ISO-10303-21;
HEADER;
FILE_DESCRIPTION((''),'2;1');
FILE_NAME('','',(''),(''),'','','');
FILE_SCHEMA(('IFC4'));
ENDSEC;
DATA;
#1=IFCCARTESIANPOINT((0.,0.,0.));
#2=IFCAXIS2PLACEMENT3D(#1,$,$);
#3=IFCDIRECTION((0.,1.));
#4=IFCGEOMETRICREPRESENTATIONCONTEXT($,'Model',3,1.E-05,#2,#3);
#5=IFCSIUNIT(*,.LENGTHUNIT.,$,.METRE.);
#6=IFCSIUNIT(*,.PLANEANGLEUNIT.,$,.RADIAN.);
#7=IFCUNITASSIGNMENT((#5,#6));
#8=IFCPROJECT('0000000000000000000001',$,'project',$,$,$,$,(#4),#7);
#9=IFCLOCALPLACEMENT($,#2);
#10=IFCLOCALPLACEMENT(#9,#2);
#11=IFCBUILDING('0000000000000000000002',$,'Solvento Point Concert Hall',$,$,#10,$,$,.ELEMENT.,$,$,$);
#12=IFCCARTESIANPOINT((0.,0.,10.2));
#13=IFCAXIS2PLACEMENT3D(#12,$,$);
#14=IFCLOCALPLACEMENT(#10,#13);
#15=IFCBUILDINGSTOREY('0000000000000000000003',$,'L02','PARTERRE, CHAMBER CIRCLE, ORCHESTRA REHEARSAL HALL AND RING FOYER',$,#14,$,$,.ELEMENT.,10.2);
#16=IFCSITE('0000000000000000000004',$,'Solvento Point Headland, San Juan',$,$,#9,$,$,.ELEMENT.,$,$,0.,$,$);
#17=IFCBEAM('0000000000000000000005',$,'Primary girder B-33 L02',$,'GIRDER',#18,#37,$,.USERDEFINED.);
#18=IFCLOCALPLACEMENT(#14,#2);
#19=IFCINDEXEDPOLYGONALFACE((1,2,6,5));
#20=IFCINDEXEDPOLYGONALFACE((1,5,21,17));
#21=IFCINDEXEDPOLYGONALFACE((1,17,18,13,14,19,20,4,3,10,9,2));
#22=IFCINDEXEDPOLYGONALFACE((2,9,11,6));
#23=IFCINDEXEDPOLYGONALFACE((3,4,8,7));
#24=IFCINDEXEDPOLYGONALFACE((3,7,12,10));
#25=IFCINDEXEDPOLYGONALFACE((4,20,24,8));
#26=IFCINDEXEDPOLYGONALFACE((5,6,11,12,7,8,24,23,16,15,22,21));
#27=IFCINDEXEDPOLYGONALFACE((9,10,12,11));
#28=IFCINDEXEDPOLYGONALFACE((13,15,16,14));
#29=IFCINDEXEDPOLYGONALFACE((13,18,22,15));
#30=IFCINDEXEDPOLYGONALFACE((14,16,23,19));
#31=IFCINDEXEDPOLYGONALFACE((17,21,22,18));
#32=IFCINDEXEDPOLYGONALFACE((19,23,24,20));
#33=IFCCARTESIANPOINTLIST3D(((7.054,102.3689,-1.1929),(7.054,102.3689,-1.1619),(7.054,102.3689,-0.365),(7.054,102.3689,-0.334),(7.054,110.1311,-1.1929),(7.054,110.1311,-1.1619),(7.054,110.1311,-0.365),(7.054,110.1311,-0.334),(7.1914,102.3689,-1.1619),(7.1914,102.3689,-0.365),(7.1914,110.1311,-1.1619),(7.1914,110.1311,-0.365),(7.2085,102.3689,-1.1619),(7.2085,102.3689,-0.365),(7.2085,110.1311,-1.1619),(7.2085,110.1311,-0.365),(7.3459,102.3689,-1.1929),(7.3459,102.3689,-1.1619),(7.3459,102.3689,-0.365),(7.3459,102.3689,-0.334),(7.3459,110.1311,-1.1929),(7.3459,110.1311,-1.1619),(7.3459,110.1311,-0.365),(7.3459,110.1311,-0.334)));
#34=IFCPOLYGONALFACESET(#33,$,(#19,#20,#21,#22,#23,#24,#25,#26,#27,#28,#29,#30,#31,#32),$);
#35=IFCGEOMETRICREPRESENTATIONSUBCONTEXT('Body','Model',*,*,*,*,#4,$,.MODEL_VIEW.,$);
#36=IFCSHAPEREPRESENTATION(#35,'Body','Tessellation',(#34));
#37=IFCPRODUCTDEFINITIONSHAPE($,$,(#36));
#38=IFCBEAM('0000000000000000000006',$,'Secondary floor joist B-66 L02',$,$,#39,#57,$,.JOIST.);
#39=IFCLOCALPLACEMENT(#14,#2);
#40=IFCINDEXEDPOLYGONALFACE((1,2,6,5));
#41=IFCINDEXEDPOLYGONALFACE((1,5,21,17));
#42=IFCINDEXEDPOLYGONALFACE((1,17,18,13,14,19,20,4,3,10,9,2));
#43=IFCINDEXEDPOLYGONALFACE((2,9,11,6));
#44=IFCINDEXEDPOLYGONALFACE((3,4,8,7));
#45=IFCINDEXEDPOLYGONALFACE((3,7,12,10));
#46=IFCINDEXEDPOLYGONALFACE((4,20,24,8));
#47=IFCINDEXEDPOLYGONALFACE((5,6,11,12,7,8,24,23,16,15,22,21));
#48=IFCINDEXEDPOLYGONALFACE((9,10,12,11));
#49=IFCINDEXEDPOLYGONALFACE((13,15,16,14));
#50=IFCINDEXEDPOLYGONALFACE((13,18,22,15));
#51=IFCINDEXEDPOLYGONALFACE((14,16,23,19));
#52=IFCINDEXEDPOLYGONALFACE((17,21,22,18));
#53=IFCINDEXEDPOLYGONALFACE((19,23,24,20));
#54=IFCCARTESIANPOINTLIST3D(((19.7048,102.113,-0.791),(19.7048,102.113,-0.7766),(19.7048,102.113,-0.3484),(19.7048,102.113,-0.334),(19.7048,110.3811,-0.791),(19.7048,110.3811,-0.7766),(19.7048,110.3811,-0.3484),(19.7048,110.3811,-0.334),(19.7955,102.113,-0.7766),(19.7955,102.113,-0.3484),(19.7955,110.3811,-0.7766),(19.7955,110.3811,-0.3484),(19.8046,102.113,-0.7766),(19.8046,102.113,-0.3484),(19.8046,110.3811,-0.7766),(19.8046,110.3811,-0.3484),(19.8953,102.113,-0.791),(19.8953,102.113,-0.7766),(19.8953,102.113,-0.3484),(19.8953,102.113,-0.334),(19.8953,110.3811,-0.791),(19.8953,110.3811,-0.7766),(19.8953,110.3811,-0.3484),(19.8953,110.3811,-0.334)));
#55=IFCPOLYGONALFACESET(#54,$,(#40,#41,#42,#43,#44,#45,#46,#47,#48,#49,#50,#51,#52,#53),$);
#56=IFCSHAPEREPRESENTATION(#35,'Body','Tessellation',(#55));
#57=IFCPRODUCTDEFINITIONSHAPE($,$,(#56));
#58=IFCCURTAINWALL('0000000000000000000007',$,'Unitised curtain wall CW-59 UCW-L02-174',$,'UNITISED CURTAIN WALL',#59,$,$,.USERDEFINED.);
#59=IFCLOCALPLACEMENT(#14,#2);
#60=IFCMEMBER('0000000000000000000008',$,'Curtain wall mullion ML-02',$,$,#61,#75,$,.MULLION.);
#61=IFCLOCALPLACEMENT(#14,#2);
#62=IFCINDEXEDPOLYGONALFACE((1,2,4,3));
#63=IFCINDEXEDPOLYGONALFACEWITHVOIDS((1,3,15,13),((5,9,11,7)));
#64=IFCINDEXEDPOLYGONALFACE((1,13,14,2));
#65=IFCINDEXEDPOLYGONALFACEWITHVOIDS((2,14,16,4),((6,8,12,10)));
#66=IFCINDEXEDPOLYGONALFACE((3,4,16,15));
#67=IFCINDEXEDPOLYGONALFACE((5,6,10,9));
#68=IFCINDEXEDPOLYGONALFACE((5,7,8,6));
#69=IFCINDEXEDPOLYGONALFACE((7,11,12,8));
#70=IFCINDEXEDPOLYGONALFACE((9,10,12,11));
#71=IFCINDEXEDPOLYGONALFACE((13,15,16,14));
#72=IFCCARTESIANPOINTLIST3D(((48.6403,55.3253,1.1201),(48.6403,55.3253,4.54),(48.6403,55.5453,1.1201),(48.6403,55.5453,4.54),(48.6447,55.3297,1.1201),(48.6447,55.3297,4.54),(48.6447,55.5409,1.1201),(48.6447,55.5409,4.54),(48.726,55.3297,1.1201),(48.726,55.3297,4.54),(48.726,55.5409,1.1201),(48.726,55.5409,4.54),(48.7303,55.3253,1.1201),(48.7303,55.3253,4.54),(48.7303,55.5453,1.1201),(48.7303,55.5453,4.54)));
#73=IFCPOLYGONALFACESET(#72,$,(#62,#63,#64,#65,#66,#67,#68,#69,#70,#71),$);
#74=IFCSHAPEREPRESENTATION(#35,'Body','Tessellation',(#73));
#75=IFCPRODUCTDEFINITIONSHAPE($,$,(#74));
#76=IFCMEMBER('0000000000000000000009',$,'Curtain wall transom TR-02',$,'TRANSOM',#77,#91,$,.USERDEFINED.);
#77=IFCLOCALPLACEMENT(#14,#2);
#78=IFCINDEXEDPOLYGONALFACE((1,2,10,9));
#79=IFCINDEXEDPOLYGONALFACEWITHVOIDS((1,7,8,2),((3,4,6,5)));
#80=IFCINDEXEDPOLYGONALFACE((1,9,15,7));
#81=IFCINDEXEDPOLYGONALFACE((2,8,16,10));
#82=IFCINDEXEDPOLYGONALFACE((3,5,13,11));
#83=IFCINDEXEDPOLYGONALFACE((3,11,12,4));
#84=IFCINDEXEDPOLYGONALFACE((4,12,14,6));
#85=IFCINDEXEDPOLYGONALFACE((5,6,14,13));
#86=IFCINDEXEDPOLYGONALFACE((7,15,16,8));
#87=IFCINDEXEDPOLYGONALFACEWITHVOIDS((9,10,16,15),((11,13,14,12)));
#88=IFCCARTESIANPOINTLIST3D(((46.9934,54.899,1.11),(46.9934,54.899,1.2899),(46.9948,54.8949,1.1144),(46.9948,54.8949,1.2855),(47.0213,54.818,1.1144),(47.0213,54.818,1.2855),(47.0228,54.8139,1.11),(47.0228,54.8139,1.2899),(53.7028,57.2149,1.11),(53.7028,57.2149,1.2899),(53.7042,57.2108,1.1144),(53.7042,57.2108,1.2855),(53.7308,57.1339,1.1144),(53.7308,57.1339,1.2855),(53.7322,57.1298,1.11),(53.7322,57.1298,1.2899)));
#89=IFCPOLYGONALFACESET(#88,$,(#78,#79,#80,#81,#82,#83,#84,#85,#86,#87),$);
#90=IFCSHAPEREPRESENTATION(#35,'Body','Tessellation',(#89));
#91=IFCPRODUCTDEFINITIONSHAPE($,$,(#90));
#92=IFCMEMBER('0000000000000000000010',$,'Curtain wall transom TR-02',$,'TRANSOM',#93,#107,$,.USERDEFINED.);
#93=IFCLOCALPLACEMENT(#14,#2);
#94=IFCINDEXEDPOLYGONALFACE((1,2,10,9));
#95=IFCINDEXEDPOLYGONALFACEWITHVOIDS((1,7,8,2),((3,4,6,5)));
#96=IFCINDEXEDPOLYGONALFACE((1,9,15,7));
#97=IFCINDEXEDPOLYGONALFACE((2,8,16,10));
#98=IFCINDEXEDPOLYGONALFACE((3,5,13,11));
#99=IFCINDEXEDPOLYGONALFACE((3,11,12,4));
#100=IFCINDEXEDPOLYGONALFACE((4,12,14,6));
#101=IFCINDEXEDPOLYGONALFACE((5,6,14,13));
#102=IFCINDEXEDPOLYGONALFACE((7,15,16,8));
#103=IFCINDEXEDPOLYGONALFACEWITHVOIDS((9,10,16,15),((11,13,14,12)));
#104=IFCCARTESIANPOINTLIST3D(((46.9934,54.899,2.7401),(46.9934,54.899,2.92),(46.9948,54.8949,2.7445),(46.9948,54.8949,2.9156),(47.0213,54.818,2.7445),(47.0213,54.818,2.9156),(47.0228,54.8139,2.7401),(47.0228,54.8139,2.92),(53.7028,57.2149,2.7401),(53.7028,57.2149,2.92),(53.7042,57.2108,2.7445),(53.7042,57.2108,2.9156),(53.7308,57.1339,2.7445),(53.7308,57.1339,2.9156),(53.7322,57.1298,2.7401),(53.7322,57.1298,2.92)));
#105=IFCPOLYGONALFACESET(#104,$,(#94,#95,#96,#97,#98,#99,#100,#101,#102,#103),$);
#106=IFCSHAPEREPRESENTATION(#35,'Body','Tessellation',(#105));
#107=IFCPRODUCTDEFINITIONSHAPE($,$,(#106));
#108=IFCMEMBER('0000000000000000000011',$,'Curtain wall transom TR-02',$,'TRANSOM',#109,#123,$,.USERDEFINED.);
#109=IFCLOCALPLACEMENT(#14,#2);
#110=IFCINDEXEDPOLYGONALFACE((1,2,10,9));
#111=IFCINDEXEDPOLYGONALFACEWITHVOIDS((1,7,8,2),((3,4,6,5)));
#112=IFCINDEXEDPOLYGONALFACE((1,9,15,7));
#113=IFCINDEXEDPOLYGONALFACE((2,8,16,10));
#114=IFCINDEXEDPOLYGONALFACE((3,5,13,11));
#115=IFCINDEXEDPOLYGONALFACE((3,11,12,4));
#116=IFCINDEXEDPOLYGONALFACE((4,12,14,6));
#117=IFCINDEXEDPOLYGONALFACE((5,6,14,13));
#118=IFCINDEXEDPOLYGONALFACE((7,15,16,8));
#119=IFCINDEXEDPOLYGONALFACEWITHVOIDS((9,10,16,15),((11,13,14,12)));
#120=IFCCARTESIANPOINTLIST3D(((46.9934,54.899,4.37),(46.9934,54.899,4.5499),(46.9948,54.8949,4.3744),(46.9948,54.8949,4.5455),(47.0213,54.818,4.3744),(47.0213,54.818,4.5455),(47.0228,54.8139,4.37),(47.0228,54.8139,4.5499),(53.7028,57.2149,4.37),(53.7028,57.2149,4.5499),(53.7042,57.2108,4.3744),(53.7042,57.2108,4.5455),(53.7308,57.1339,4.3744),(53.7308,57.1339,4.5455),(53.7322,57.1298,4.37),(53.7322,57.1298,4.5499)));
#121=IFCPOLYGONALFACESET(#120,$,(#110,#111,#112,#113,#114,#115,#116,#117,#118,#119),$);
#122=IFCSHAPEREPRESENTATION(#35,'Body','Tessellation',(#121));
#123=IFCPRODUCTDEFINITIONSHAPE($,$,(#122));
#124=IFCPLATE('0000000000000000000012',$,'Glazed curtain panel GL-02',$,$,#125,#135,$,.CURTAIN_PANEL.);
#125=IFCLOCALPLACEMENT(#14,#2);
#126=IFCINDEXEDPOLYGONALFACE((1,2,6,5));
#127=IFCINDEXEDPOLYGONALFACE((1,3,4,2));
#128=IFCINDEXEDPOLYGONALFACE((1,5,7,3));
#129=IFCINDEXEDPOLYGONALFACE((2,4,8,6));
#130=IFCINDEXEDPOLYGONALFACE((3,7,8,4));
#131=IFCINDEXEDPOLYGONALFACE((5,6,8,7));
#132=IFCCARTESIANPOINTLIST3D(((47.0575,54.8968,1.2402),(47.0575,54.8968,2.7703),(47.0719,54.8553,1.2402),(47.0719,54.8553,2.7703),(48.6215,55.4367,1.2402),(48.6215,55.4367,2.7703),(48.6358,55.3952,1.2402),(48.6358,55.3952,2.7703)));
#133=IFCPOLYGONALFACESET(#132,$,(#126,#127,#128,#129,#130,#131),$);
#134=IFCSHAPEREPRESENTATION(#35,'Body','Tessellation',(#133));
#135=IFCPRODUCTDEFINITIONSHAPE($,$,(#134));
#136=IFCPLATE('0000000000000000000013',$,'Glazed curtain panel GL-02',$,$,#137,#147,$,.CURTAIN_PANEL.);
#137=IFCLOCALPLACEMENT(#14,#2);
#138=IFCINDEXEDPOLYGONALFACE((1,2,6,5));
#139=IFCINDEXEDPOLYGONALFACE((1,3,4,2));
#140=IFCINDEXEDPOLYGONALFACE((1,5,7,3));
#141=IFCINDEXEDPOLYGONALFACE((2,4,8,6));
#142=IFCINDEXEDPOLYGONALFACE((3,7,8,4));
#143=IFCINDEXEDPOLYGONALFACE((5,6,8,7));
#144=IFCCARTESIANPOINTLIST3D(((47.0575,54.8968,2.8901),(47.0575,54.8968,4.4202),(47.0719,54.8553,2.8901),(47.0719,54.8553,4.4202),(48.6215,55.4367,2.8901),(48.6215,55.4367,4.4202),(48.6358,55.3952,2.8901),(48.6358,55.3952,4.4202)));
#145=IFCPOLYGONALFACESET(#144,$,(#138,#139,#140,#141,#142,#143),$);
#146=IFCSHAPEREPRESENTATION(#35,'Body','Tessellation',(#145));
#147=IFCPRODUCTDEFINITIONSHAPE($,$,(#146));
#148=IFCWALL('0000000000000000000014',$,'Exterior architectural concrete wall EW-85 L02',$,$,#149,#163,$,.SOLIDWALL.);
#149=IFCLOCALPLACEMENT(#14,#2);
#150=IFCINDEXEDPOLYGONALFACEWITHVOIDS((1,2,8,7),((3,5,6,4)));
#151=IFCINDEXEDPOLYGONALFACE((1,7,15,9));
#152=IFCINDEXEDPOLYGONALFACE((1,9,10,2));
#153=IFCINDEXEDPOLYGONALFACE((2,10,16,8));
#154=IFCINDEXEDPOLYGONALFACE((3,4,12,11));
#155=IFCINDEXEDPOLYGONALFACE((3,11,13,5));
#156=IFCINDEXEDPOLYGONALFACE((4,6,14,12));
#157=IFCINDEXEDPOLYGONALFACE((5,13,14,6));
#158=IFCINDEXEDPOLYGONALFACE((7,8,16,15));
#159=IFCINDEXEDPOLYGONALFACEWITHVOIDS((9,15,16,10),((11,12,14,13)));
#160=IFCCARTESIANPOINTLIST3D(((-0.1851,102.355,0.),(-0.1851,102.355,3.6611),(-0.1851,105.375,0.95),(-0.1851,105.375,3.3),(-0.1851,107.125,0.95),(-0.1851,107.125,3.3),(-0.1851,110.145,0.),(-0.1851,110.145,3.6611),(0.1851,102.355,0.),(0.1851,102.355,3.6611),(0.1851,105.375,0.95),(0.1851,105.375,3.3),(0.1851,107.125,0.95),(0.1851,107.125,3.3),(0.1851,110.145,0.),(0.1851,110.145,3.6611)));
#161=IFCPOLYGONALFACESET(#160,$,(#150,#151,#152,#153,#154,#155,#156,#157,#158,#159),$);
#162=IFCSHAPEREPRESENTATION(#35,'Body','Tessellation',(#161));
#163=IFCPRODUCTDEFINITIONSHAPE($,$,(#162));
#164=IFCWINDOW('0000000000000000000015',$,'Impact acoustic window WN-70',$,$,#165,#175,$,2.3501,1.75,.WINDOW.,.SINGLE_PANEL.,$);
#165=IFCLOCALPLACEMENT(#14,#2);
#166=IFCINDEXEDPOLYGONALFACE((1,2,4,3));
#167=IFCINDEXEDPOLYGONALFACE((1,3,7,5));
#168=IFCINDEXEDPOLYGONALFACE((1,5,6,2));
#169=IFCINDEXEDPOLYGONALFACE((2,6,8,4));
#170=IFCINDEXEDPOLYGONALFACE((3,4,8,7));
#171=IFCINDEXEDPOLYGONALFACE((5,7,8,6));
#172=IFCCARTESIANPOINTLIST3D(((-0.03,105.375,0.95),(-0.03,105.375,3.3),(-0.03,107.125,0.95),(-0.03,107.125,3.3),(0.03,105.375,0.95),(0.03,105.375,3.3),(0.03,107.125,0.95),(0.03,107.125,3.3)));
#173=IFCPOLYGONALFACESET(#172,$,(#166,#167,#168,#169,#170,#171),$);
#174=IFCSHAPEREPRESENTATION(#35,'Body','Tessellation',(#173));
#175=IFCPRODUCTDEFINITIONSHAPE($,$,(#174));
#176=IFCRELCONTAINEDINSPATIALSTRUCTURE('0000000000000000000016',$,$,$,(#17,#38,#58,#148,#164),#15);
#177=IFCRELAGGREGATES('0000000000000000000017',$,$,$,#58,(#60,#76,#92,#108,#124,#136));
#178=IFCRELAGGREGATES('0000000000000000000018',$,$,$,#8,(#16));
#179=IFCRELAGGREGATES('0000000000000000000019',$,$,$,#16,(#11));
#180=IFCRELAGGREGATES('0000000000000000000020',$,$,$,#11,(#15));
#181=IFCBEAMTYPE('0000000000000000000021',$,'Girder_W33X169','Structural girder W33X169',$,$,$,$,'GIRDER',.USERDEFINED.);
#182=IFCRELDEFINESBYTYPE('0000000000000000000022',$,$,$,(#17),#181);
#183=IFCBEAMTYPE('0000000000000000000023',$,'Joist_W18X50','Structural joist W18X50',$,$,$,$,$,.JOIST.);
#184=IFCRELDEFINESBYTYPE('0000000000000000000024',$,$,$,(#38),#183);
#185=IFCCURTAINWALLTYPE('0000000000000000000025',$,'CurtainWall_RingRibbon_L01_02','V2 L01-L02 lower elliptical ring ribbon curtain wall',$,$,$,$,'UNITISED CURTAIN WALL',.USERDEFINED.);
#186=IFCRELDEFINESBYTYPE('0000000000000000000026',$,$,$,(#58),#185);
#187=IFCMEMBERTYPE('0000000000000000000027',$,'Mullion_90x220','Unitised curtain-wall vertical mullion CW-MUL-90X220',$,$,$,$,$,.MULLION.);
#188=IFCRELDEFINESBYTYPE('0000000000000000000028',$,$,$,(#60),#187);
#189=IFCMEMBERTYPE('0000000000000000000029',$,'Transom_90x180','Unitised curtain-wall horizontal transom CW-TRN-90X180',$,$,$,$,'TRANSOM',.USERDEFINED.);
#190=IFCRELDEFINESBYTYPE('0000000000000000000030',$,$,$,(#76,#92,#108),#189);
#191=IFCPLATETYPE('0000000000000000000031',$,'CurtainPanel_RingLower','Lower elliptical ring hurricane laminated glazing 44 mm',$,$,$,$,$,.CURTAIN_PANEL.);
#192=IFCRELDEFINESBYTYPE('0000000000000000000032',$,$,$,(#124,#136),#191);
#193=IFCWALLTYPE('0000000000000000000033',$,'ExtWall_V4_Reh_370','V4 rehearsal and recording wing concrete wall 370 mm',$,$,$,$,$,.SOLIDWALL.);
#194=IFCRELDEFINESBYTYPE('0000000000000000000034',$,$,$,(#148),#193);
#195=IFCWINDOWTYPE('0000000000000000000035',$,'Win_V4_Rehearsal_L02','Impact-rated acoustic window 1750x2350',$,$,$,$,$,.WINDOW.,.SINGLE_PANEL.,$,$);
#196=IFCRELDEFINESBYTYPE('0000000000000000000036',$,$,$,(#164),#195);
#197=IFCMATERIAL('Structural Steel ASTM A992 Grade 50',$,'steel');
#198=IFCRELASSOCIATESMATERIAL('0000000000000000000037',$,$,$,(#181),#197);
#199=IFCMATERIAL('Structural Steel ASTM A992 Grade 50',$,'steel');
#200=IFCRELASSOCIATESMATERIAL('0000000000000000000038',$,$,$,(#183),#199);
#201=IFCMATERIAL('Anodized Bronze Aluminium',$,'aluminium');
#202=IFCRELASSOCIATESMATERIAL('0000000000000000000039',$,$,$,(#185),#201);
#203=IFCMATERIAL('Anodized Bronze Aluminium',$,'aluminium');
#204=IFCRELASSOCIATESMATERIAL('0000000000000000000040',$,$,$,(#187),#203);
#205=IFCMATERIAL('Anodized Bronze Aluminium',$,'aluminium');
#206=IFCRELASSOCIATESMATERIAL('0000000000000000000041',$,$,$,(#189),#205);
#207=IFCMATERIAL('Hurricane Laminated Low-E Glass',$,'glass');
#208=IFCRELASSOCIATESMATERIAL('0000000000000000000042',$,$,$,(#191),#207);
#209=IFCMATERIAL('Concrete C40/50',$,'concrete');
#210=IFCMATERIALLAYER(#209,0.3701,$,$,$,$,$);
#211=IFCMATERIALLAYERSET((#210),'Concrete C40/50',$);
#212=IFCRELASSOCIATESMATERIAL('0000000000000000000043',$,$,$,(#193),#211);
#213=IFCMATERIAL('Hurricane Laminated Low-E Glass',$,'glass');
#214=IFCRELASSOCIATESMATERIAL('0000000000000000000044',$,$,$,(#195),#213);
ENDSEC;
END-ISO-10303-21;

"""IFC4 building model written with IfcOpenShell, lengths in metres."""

from ifc_helpers import new_model, si_unit, direction, frame, frame_2d, origin, origin_2d, place, context, subcontext, project, spatial, rectangle, hollow_rectangle, i_section, extrude, material, layer, layer_set, material_profile, profile_set, type_object, element, fill, aggregate, save


model = new_model("IFC4")

# Units and contexts
model_context = context("Model", 3, precision=1e-05, world=origin(), true_north=direction((0.0, 1.0)))
body_context = subcontext(model_context, "Body", "Model", "MODEL_VIEW")
ifc_project = project(units=[si_unit("LENGTHUNIT", "METRE"), si_unit("PLANEANGLEUNIT", "RADIAN")], contexts=[model_context])

# Site, building, storey
site_placement = place(None, origin())
site = spatial("IfcSite", under=ifc_project, at=site_placement, Name="Solvento Point Headland, San Juan", CompositionType="ELEMENT", RefElevation=0.0)
building_placement = place(site_placement, origin())
building = spatial("IfcBuilding", under=site, at=building_placement, Name="Solvento Point Concert Hall", CompositionType="ELEMENT")
storey_placement = place(building_placement, frame((0.0, 0.0, 10.2)))
storey = spatial("IfcBuildingStorey", under=building, at=storey_placement, Name="L02", Description="PARTERRE, CHAMBER CIRCLE, ORCHESTRA REHEARSAL HALL AND RING FOYER", CompositionType="ELEMENT", Elevation=10.2)

# Beams
ifc_material_1 = material(Name="Structural Steel ASTM A992 Grade 50", Category="steel")
ifc_material_profile_1 = material_profile(ifc_material_1, i_section(OverallWidth=0.292, OverallDepth=0.8589, WebThickness=0.0171, FlangeThickness=0.031, at=origin_2d()), Name="W33X169")
ifc_profile_set_1 = profile_set([ifc_material_profile_1], Name="Structural Steel ASTM A992 Grade 50")
beam_type_1 = type_object("IfcBeamType", Name="Girder_W33X169", Description="Structural girder W33X169", ElementType="GIRDER", PredefinedType="USERDEFINED", material=ifc_profile_set_1)
beam_1_placement = place(storey_placement, frame((7.2, 102.3689, -0.7634), z_axis=(0.0, 1.0, 0.0), x_axis=(-1.0, 0.0, 0.0)))
element("IfcBeam", 1, at=beam_1_placement, inside=storey, type_object=beam_type_1, Name="Primary girder B-33 L02", ObjectType="GIRDER", PredefinedType="USERDEFINED", context=body_context, shape_type="SweptSolid", body=[
    extrude(i_section(OverallWidth=0.292, OverallDepth=0.8589, WebThickness=0.0171, FlangeThickness=0.031, at=origin_2d()), origin(), (0.0, 0.0, 1.0), 7.7622),
])
ifc_material_2 = material(Name="Structural Steel ASTM A992 Grade 50", Category="steel")
ifc_material_profile_2 = material_profile(ifc_material_2, i_section(OverallWidth=0.1904, OverallDepth=0.457, WebThickness=0.009, FlangeThickness=0.0144, at=origin_2d()), Name="W18X50")
ifc_profile_set_2 = profile_set([ifc_material_profile_2], Name="Structural Steel ASTM A992 Grade 50")
beam_type_2 = type_object("IfcBeamType", Name="Joist_W18X50", Description="Structural joist W18X50", PredefinedType="JOIST", material=ifc_profile_set_2)
beam_2_placement = place(storey_placement, frame((19.8, 102.113, -0.5625), z_axis=(0.0, 1.0, 0.0), x_axis=(-1.0, 0.0, 0.0)))
element("IfcBeam", 2, at=beam_2_placement, inside=storey, type_object=beam_type_2, Name="Secondary floor joist B-66 L02", PredefinedType="JOIST", context=body_context, shape_type="SweptSolid", body=[
    extrude(i_section(OverallWidth=0.1904, OverallDepth=0.457, WebThickness=0.009, FlangeThickness=0.0144, at=origin_2d()), origin(), (0.0, 0.0, 1.0), 8.2681),
])

# Curtain wall, members, plates
ifc_material_3 = material(Name="Anodized Bronze Aluminium", Category="aluminium")
curtain_wall_type = type_object("IfcCurtainWallType", Name="CurtainWall_RingRibbon_L01_02", Description="V2 L01-L02 lower elliptical ring ribbon curtain wall", ElementType="UNITISED CURTAIN WALL", PredefinedType="USERDEFINED", material=ifc_material_3)
curtain_wall_placement = place(storey_placement, origin())
curtain_wall = element("IfcCurtainWall", 3, at=curtain_wall_placement, inside=storey, type_object=curtain_wall_type, Name="Unitised curtain wall CW-59 UCW-L02-174", ObjectType="UNITISED CURTAIN WALL", PredefinedType="USERDEFINED")
ifc_material_4 = material(Name="Anodized Bronze Aluminium", Category="aluminium")
ifc_material_profile_3 = material_profile(ifc_material_4, hollow_rectangle(XDim=0.0901, YDim=0.22, WallThickness=0.0044, at=origin_2d()), Name="CW-MUL-90X220")
ifc_profile_set_3 = profile_set([ifc_material_profile_3], Name="Anodized Bronze Aluminium")
member_type_1 = type_object("IfcMemberType", Name="Mullion_90x220", Description="Unitised curtain-wall vertical mullion CW-MUL-90X220", PredefinedType="MULLION", material=ifc_profile_set_3)
member_1_placement = place(storey_placement, frame((48.6853, 55.4353, 1.1201), z_axis=(0.0, 0.0, 1.0), x_axis=(1.0, 0.0, 0.0)))
member_1 = element("IfcMember", 4, at=member_1_placement, type_object=member_type_1, Name="Curtain wall mullion ML-02", PredefinedType="MULLION", context=body_context, shape_type="SweptSolid", body=[
    extrude(hollow_rectangle(XDim=0.0901, YDim=0.22, WallThickness=0.0044, at=origin_2d()), origin(), (0.0, 0.0, 1.0), 3.4199),
])
ifc_material_5 = material(Name="Anodized Bronze Aluminium", Category="aluminium")
ifc_material_profile_4 = material_profile(ifc_material_5, hollow_rectangle(XDim=0.0901, YDim=0.1799, WallThickness=0.0044, at=origin_2d()), Name="CW-TRN-90X180")
ifc_profile_set_4 = profile_set([ifc_material_profile_4], Name="Anodized Bronze Aluminium")
member_type_2 = type_object("IfcMemberType", Name="Transom_90x180", Description="Unitised curtain-wall horizontal transom CW-TRN-90X180", ElementType="TRANSOM", PredefinedType="USERDEFINED", material=ifc_profile_set_4)
member_2_placement = place(storey_placement, frame((47.0081, 54.8564, 1.2), z_axis=(0.945273, 0.326281, 0.0), x_axis=(-0.326281, 0.945273, 0.0)))
member_2 = element("IfcMember", 5, at=member_2_placement, type_object=member_type_2, Name="Curtain wall transom TR-02", ObjectType="TRANSOM", PredefinedType="USERDEFINED", context=body_context, shape_type="SweptSolid", body=[
    extrude(hollow_rectangle(XDim=0.0901, YDim=0.1799, WallThickness=0.0044, at=origin_2d()), origin(), (0.0, 0.0, 1.0), 7.0979),
])
member_3_placement = place(storey_placement, frame((47.0081, 54.8564, 2.8301), z_axis=(0.945273, 0.326281, 0.0), x_axis=(-0.326281, 0.945273, 0.0)))
member_3 = element("IfcMember", 6, at=member_3_placement, type_object=member_type_2, Name="Curtain wall transom TR-02", ObjectType="TRANSOM", PredefinedType="USERDEFINED", context=body_context, shape_type="SweptSolid", body=[
    extrude(hollow_rectangle(XDim=0.0901, YDim=0.1799, WallThickness=0.0044, at=origin_2d()), origin(), (0.0, 0.0, 1.0), 7.0979),
])
member_4_placement = place(storey_placement, frame((47.0081, 54.8564, 4.46), z_axis=(0.945273, 0.326281, 0.0), x_axis=(-0.326281, 0.945273, 0.0)))
member_4 = element("IfcMember", 7, at=member_4_placement, type_object=member_type_2, Name="Curtain wall transom TR-02", ObjectType="TRANSOM", PredefinedType="USERDEFINED", context=body_context, shape_type="SweptSolid", body=[
    extrude(hollow_rectangle(XDim=0.0901, YDim=0.1799, WallThickness=0.0044, at=origin_2d()), origin(), (0.0, 0.0, 1.0), 7.0979),
])
ifc_material_6 = material(Name="Hurricane Laminated Low-E Glass", Category="glass")
plate_type = type_object("IfcPlateType", Name="CurtainPanel_RingLower", Description="Lower elliptical ring hurricane laminated glazing 44 mm", PredefinedType="CURTAIN_PANEL", material=ifc_material_6)
plate_1_placement = place(storey_placement, frame((47.8467, 55.146, 1.2402), z_axis=(0.0, 0.0, 1.0), x_axis=(0.945271, 0.326286, 0.0)))
plate_1 = element("IfcPlate", 8, at=plate_1_placement, type_object=plate_type, Name="Glazed curtain panel GL-02", PredefinedType="CURTAIN_PANEL", context=body_context, shape_type="SweptSolid", body=[
    extrude(rectangle(XDim=1.6545, YDim=0.0439, at=origin_2d()), origin(), (0.0, 0.0, 1.0), 1.53),
])
plate_2_placement = place(storey_placement, frame((47.8467, 55.146, 2.8901), z_axis=(0.0, 0.0, 1.0), x_axis=(0.945271, 0.326286, 0.0)))
plate_2 = element("IfcPlate", 9, at=plate_2_placement, type_object=plate_type, Name="Glazed curtain panel GL-02", PredefinedType="CURTAIN_PANEL", context=body_context, shape_type="SweptSolid", body=[
    extrude(rectangle(XDim=1.6545, YDim=0.0439, at=origin_2d()), origin(), (0.0, 0.0, 1.0), 1.53),
])
aggregate(curtain_wall, [member_1, member_2, member_3, member_4, plate_1, plate_2])

# Wall, opening, window
ifc_material_7 = material(Name="Concrete C40/50", Category="concrete")
ifc_layer = layer(ifc_material_7, 0.3701)
ifc_layer_set = layer_set([ifc_layer], Name="Concrete C40/50")
wall_type = type_object("IfcWallType", Name="ExtWall_V4_Reh_370", Description="V4 rehearsal and recording wing concrete wall 370 mm", PredefinedType="SOLIDWALL", material=ifc_layer_set)
wall_1_placement = place(storey_placement, frame((0.0, 102.355, 0.0), z_axis=(0.0, 0.0, 1.0), x_axis=(0.0, 1.0, 0.0)))
wall_1 = element("IfcWall", 10, at=wall_1_placement, inside=storey, type_object=wall_type, Name="Exterior architectural concrete wall EW-85 L02", PredefinedType="SOLIDWALL", context=body_context, shape_type="SweptSolid", body=[
    extrude(rectangle(XDim=7.79, YDim=0.3701, at=frame_2d((3.895, 0.0))), origin(), (0.0, 0.0, 1.0), 3.6611),
])
opening_1_placement = place(wall_1_placement, frame((3.02, 0.0, 0.95)))
opening_1 = element("IfcOpeningElement", 11, at=opening_1_placement, cuts=wall_1, PredefinedType="OPENING", context=body_context, shape_type="SweptSolid", body=[
    extrude(rectangle(XDim=1.75, YDim=2.3501, at=frame_2d((0.875, 1.175))), frame((0.0, 0.1951, 0.0), z_axis=(0.0, -1.0, 0.0), x_axis=(1.0, 0.0, 0.0)), (0.0, 0.0, 1.0), 0.3901),
])
ifc_material_8 = material(Name="Hurricane Laminated Low-E Glass", Category="glass")
window_type = type_object("IfcWindowType", Name="Win_V4_Rehearsal_L02", Description="Impact-rated acoustic window 1750x2350", PartitioningType="SINGLE_PANEL", PredefinedType="WINDOW", material=ifc_material_8)
window_1_placement = place(opening_1_placement, origin())
window_1 = element("IfcWindow", 12, at=window_1_placement, inside=storey, type_object=window_type, Name="Impact acoustic window WN-70", OverallHeight=2.3501, OverallWidth=1.75, PartitioningType="SINGLE_PANEL", PredefinedType="WINDOW", context=body_context, shape_type="SweptSolid", body=[
    extrude(rectangle(XDim=1.75, YDim=2.3501, at=frame_2d((0.875, 1.175))), frame((0.0, 0.03, 0.0), z_axis=(0.0, -1.0, 0.0), x_axis=(1.0, 0.0, 0.0)), (0.0, 0.0, 1.0), 0.0601),
])
fill(opening_1, window_1)

save(model, "model.ifc")
